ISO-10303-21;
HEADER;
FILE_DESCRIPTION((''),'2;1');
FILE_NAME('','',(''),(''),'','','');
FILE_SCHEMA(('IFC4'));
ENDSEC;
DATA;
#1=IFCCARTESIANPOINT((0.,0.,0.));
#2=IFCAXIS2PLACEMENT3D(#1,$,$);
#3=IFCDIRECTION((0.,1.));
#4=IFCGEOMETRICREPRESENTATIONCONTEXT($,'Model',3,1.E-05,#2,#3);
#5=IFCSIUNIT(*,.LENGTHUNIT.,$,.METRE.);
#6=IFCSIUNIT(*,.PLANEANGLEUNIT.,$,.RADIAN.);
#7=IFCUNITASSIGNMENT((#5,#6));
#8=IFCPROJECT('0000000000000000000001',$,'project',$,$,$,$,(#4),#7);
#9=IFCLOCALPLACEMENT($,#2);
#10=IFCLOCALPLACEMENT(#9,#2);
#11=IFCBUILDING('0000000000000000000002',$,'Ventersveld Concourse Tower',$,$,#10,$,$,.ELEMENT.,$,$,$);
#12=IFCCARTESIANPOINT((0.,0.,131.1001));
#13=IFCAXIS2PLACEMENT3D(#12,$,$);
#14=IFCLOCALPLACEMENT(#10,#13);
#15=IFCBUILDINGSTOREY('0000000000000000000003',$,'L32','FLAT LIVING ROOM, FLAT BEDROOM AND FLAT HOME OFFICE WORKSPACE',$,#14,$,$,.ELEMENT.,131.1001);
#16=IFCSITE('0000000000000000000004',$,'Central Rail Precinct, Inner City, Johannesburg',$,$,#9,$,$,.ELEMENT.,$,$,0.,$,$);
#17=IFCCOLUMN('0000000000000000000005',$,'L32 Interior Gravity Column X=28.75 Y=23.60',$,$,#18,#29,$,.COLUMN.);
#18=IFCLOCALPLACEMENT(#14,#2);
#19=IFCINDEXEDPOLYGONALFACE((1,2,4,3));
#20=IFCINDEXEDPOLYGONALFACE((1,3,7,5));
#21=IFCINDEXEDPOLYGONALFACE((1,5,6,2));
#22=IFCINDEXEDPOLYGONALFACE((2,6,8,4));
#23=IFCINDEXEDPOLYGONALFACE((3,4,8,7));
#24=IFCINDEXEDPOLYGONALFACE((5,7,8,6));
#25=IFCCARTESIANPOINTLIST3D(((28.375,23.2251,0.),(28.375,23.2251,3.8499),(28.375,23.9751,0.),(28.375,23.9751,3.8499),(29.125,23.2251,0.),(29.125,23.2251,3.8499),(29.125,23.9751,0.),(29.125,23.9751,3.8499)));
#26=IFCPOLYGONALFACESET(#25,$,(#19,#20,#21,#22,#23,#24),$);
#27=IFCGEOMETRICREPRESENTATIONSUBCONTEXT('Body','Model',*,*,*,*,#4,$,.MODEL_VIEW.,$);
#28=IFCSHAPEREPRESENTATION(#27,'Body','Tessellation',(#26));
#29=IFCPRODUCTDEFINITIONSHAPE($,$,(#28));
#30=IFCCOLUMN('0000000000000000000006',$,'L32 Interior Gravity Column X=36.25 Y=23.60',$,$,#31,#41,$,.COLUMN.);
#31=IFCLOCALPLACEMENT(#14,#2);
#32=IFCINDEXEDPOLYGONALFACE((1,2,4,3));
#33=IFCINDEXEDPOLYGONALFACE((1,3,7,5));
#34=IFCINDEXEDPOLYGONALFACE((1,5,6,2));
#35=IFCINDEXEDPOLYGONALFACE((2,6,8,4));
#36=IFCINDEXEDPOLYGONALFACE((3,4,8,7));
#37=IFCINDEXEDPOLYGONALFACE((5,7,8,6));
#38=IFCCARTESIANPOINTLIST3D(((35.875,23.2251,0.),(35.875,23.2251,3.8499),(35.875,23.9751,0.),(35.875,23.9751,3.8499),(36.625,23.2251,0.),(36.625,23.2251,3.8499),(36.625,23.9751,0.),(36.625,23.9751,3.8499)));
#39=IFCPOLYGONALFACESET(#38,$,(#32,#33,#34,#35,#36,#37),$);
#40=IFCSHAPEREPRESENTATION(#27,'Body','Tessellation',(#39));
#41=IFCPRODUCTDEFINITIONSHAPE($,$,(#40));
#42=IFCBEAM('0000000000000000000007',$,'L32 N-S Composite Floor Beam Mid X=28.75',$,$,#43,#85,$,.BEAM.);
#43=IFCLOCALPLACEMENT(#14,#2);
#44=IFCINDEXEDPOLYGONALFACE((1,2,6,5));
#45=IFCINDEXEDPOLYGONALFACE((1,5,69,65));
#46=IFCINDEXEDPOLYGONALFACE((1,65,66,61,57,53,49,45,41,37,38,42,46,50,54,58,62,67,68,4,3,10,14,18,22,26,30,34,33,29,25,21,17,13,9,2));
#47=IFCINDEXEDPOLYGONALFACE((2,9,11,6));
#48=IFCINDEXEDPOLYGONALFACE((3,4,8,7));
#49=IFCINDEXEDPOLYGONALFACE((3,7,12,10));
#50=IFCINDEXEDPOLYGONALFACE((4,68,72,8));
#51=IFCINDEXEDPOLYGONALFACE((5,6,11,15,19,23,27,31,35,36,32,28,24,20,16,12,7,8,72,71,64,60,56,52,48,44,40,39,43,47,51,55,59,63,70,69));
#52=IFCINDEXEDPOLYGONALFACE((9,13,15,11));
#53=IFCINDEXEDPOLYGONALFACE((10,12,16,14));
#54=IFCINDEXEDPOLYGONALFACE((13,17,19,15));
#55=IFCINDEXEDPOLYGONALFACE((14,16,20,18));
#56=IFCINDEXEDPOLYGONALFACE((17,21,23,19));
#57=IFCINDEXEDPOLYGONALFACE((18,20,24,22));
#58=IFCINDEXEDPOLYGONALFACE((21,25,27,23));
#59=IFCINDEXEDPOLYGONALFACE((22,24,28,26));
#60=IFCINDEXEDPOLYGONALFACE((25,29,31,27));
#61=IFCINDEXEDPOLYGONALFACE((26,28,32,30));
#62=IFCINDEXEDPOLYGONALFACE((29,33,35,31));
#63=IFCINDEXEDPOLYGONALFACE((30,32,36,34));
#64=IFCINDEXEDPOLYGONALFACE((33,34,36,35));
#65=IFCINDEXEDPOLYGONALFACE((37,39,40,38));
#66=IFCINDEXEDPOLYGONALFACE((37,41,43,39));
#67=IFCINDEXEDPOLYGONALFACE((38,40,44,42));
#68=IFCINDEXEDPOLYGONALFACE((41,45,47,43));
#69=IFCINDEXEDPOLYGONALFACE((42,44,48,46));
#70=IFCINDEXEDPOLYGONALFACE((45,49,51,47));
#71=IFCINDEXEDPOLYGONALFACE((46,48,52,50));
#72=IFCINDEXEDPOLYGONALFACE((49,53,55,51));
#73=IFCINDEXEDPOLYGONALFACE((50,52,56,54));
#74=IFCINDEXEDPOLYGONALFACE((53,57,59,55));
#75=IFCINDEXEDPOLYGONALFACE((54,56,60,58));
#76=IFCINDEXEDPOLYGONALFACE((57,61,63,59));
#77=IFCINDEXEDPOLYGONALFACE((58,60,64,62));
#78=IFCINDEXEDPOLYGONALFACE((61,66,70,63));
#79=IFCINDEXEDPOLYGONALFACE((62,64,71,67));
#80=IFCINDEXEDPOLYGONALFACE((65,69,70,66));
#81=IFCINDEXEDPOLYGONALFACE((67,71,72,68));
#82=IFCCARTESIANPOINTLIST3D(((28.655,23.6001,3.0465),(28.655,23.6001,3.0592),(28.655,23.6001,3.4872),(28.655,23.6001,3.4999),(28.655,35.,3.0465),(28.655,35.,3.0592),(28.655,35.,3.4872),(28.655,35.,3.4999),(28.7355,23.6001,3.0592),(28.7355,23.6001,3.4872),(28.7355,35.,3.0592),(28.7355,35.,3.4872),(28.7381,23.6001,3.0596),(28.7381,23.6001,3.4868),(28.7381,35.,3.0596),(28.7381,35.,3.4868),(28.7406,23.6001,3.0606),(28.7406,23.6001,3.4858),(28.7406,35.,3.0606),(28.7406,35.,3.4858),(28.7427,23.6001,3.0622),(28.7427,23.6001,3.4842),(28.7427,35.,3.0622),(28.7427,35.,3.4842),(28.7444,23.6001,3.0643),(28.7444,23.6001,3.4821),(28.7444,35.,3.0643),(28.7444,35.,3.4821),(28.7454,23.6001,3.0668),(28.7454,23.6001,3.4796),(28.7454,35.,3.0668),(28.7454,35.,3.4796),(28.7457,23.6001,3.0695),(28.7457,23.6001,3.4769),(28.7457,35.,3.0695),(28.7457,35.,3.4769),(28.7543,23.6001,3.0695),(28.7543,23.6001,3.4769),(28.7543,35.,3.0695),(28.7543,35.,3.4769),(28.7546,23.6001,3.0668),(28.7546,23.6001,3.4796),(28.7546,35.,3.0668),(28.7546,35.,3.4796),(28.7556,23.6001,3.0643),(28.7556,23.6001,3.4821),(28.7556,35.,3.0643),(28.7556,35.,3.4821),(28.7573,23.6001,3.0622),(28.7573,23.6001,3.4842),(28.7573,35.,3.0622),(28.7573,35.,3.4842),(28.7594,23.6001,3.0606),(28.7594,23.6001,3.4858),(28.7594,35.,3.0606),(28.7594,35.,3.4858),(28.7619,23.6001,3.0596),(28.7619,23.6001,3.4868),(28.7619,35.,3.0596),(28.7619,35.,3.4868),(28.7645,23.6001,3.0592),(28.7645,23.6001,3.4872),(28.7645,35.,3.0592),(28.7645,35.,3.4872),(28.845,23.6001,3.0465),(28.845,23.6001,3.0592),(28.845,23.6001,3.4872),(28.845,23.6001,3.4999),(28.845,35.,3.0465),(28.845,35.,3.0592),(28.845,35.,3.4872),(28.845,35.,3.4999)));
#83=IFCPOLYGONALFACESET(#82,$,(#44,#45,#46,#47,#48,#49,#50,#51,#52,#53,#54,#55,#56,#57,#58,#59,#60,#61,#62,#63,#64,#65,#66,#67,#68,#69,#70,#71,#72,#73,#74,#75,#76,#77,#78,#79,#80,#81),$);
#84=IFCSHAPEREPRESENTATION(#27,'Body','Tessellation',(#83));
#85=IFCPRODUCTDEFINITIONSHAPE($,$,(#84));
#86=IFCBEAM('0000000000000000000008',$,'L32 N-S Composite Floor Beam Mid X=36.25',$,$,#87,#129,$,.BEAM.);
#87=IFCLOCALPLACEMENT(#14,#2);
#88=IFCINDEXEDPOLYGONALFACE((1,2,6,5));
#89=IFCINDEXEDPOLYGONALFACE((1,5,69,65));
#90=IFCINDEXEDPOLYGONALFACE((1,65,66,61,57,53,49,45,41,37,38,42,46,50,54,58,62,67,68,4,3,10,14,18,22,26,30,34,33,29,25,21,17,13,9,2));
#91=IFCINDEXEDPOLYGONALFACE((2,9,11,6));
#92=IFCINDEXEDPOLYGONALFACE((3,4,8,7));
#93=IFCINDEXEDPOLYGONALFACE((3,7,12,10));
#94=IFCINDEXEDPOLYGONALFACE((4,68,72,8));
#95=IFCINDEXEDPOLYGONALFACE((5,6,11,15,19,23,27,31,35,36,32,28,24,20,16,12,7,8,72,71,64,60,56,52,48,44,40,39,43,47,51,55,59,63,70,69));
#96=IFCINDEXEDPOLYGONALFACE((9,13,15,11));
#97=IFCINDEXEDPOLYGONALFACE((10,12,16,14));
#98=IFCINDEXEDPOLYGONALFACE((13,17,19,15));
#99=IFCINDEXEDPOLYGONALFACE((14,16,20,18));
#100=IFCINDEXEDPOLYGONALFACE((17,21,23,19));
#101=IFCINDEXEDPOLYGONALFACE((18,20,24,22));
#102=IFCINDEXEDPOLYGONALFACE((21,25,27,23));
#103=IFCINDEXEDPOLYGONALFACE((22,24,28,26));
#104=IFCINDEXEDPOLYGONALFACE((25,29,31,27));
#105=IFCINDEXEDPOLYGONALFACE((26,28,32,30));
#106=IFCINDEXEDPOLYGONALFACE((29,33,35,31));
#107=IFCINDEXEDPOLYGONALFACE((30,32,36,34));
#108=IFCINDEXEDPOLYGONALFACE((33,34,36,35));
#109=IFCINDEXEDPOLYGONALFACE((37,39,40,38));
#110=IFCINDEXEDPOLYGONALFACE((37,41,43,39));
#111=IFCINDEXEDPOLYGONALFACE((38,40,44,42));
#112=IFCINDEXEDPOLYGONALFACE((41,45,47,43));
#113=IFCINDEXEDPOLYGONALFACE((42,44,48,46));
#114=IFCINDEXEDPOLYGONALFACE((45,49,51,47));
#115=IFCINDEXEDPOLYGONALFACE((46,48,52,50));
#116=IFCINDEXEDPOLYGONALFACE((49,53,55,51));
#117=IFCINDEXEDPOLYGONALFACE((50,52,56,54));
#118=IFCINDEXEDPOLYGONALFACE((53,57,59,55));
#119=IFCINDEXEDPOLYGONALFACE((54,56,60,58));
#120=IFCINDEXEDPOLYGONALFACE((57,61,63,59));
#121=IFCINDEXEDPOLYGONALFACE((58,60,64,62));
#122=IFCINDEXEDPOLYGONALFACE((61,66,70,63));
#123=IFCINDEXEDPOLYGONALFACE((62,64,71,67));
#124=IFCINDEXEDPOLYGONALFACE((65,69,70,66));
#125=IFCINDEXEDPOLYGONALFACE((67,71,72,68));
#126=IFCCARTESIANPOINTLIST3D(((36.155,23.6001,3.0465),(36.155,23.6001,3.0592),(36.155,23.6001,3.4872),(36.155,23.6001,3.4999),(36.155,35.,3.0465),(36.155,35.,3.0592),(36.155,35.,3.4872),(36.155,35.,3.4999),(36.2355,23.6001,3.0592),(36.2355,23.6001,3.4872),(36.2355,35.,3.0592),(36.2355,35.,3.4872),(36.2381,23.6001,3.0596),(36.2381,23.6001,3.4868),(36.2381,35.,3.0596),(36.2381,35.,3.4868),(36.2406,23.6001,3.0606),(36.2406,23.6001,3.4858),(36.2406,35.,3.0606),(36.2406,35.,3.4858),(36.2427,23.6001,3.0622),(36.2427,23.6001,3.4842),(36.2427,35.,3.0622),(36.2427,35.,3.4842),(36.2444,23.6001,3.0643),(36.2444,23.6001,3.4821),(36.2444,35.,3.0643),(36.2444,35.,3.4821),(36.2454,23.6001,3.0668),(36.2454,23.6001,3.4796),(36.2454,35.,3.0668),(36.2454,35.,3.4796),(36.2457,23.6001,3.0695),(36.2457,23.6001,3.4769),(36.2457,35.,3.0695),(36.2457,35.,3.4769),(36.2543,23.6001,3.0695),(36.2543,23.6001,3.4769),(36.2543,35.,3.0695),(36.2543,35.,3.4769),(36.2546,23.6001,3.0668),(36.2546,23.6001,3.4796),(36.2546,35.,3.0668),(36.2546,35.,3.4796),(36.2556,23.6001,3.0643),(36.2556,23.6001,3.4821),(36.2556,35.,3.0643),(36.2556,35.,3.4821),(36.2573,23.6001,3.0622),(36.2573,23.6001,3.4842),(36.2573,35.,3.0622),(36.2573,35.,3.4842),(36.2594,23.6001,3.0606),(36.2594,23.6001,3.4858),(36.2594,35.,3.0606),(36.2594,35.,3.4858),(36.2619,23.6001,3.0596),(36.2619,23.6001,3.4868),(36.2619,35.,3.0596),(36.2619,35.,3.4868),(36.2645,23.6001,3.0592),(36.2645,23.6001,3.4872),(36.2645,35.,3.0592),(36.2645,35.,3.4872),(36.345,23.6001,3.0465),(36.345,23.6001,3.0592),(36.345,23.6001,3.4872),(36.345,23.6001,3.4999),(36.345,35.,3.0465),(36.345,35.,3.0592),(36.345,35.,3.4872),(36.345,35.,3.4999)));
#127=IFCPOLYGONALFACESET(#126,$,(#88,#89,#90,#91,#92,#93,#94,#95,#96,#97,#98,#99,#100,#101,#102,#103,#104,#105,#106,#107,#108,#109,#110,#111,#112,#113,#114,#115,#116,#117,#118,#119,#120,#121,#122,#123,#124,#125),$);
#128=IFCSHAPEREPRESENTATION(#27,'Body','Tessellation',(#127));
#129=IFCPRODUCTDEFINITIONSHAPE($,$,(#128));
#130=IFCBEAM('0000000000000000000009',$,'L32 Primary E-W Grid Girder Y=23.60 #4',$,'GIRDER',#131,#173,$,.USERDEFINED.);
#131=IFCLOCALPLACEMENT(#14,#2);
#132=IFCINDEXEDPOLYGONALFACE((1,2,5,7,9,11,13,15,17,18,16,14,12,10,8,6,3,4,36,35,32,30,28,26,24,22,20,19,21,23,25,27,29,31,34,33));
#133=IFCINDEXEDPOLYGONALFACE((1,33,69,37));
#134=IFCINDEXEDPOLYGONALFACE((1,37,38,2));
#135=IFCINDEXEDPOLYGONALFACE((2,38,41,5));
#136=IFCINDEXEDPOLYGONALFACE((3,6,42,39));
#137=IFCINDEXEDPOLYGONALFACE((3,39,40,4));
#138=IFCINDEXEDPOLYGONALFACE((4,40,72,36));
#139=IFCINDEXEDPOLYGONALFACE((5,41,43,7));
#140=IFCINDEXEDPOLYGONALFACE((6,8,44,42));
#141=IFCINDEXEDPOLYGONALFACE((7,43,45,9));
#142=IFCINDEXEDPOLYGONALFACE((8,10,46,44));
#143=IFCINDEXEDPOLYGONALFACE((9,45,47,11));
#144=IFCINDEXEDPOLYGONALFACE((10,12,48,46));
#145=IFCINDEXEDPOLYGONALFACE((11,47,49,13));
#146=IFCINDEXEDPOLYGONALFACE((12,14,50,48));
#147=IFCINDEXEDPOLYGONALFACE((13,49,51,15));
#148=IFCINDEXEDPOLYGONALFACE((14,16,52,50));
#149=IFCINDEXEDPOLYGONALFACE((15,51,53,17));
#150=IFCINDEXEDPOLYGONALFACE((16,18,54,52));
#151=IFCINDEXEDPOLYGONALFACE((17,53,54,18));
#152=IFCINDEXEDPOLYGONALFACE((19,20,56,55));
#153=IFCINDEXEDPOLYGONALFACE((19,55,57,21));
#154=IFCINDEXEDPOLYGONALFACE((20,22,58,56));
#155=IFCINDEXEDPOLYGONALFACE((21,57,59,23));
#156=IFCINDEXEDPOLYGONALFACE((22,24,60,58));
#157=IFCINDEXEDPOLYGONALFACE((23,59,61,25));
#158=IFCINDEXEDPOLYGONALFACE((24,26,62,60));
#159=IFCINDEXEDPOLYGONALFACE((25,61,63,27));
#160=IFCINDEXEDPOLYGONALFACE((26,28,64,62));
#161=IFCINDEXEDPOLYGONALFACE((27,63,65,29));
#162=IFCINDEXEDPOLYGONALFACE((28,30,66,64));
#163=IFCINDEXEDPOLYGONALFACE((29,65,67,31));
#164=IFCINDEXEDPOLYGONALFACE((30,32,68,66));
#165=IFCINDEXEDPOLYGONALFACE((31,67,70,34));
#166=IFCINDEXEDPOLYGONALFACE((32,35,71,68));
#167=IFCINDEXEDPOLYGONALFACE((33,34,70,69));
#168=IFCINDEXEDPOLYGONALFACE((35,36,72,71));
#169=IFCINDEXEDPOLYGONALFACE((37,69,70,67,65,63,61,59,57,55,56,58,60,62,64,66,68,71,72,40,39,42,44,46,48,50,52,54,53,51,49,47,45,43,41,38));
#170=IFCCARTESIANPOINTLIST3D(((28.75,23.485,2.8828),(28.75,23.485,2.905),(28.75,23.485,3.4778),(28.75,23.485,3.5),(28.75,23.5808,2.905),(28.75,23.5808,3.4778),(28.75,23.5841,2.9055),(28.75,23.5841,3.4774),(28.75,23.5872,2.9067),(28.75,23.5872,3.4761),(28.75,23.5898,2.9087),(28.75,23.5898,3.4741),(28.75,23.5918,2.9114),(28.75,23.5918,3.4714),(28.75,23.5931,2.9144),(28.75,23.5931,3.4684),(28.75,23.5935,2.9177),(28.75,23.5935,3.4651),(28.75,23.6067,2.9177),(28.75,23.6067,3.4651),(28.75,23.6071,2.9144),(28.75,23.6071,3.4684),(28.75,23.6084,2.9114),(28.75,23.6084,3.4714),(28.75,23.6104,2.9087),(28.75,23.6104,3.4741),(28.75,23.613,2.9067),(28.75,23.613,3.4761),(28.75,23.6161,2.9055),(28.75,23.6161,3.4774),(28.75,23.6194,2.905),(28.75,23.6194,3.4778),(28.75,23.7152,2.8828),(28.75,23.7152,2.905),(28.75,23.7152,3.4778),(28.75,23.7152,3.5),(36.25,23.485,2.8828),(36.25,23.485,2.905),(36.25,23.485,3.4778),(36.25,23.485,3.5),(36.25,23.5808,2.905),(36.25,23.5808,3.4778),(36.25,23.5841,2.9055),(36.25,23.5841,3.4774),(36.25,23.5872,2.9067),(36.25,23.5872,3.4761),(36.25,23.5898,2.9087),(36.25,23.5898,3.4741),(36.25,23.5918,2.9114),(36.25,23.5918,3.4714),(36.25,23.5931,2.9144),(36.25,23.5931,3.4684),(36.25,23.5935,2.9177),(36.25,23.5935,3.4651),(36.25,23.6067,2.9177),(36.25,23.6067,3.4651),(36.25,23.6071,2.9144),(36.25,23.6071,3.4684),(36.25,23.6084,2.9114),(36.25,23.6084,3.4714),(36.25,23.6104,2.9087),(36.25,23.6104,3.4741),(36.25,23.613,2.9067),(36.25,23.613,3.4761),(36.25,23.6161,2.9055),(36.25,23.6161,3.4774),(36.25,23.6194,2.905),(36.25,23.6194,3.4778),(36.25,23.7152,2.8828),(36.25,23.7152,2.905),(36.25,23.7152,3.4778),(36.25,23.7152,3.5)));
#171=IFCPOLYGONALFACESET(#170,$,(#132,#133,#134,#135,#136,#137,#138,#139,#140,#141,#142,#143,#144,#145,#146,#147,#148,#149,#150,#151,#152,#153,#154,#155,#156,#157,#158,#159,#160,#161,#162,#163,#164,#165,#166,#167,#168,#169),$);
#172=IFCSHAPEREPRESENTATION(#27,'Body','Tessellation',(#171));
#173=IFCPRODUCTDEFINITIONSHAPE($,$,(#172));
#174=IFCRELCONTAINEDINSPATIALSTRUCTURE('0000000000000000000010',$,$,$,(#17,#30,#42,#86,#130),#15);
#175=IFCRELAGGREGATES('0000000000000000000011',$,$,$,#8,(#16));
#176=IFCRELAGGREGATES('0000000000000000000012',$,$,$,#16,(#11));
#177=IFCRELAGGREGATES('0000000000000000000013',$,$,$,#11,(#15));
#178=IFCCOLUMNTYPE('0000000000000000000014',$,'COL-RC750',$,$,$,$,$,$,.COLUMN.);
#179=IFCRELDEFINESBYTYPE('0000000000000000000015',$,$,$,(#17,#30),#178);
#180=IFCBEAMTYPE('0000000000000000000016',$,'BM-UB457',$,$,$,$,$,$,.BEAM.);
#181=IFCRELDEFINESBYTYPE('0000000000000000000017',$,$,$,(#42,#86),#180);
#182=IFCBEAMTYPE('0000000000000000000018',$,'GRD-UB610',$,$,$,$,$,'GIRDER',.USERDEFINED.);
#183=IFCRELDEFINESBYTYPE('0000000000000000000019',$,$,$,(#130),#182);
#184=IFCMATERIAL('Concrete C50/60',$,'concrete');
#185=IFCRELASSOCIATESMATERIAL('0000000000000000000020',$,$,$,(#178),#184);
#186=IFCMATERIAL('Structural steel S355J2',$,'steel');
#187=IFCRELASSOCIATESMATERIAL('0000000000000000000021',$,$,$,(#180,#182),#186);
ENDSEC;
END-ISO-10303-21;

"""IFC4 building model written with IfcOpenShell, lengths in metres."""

from ifc_helpers import new_model, si_unit, direction, frame, origin, origin_2d, place, context, subcontext, project, spatial, rectangle, i_section, extrude, material, material_profile, profile_set, type_object, element, save


model = new_model("IFC4")

# Units and contexts
model_context = context("Model", 3, precision=1e-05, world=origin(), true_north=direction((0.0, 1.0)))
body_context = subcontext(model_context, "Body", "Model", "MODEL_VIEW")
ifc_project = project(units=[si_unit("LENGTHUNIT", "METRE"), si_unit("PLANEANGLEUNIT", "RADIAN")], contexts=[model_context])

# Site, building, storey
site_placement = place(None, origin())
site = spatial("IfcSite", under=ifc_project, at=site_placement, Name="Central Rail Precinct, Inner City, Johannesburg", CompositionType="ELEMENT", RefElevation=0.0)
building_placement = place(site_placement, origin())
building = spatial("IfcBuilding", under=site, at=building_placement, Name="Ventersveld Concourse Tower", CompositionType="ELEMENT")
storey_placement = place(building_placement, frame((0.0, 0.0, 131.1001)))
storey = spatial("IfcBuildingStorey", under=building, at=storey_placement, Name="L32", Description="FLAT LIVING ROOM, FLAT BEDROOM AND FLAT HOME OFFICE WORKSPACE", CompositionType="ELEMENT", Elevation=131.1001)

# Columns
ifc_material_1 = material(Name="Concrete C50/60", Category="concrete")
ifc_material_profile_1 = material_profile(ifc_material_1, rectangle(XDim=0.75, YDim=0.75, at=origin_2d()), Name="RC 750x750")
ifc_profile_set_1 = profile_set([ifc_material_profile_1], Name="Concrete C50/60")
column_type = type_object("IfcColumnType", Name="COL-RC750", PredefinedType="COLUMN", material=ifc_profile_set_1)
for number, where, z_axis, x_axis, name in (
    (1, (28.75, 23.6001, 0.0), (0.0, 0.0, 1.0), (1.0, 0.0, 0.0), "L32 Interior Gravity Column X=28.75 Y=23.60"),
    (2, (36.25, 23.6001, 0.0), (0.0, 0.0, 1.0), (1.0, 0.0, 0.0), "L32 Interior Gravity Column X=36.25 Y=23.60"),
):
    element("IfcColumn", number, at=place(storey_placement, frame(where, z_axis=z_axis, x_axis=x_axis)), inside=storey, type_object=column_type, Name=name, PredefinedType="COLUMN", context=body_context, shape_type="SweptSolid", body=[
        extrude(rectangle(XDim=0.75, YDim=0.75, at=origin_2d()), origin(), (0.0, 0.0, 1.0), 3.8499),
    ])

# Beams
ifc_material_2 = material(Name="Structural steel S355J2", Category="steel")
ifc_material_profile_2 = material_profile(ifc_material_2, i_section(OverallWidth=0.1899, OverallDepth=0.4534, WebThickness=0.0085, FlangeThickness=0.0127, FilletRadius=0.0103, at=origin_2d()), Name="UB 457x191x67")
ifc_profile_set_2 = profile_set([ifc_material_profile_2], Name="Structural steel S355J2")
beam_type_1 = type_object("IfcBeamType", Name="BM-UB457", PredefinedType="BEAM", material=ifc_profile_set_2)
for number, where, z_axis, x_axis, name in (
    (3, (28.75, 23.6001, 3.2732), (0.0, 1.0, 0.0), (-1.0, 0.0, 0.0), "L32 N-S Composite Floor Beam Mid X=28.75"),
    (4, (36.25, 23.6001, 3.2732), (0.0, 1.0, 0.0), (-1.0, 0.0, 0.0), "L32 N-S Composite Floor Beam Mid X=36.25"),
):
    element("IfcBeam", number, at=place(storey_placement, frame(where, z_axis=z_axis, x_axis=x_axis)), inside=storey, type_object=beam_type_1, Name=name, PredefinedType="BEAM", context=body_context, shape_type="SweptSolid", body=[
        extrude(i_section(OverallWidth=0.1899, OverallDepth=0.4534, WebThickness=0.0085, FlangeThickness=0.0127, FilletRadius=0.0103, at=origin_2d()), origin(), (0.0, 0.0, 1.0), 11.3999),
    ])
ifc_material_profile_3 = material_profile(ifc_material_2, i_section(OverallWidth=0.2302, OverallDepth=0.6172, WebThickness=0.0132, FlangeThickness=0.0222, FilletRadius=0.0127, at=origin_2d()), Name="UB 610x229x140")
ifc_profile_set_3 = profile_set([ifc_material_profile_3], Name="Structural steel S355J2")
beam_type_2 = type_object("IfcBeamType", Name="GRD-UB610", ElementType="GIRDER", PredefinedType="USERDEFINED", material=ifc_profile_set_3)
for number, where, z_axis, x_axis, name in (
    (5, (28.75, 23.6001, 3.1914), (1.0, 0.0, 0.0), (0.0, 1.0, 0.0), "L32 Primary E-W Grid Girder Y=23.60 #4"),
):
    element("IfcBeam", number, at=place(storey_placement, frame(where, z_axis=z_axis, x_axis=x_axis)), inside=storey, type_object=beam_type_2, Name=name, ObjectType="GIRDER", PredefinedType="USERDEFINED", context=body_context, shape_type="SweptSolid", body=[
        extrude(i_section(OverallWidth=0.2302, OverallDepth=0.6172, WebThickness=0.0132, FlangeThickness=0.0222, FilletRadius=0.0127, at=origin_2d()), origin(), (0.0, 0.0, 1.0), 7.5),
    ])

save(model, "model.ifc")
